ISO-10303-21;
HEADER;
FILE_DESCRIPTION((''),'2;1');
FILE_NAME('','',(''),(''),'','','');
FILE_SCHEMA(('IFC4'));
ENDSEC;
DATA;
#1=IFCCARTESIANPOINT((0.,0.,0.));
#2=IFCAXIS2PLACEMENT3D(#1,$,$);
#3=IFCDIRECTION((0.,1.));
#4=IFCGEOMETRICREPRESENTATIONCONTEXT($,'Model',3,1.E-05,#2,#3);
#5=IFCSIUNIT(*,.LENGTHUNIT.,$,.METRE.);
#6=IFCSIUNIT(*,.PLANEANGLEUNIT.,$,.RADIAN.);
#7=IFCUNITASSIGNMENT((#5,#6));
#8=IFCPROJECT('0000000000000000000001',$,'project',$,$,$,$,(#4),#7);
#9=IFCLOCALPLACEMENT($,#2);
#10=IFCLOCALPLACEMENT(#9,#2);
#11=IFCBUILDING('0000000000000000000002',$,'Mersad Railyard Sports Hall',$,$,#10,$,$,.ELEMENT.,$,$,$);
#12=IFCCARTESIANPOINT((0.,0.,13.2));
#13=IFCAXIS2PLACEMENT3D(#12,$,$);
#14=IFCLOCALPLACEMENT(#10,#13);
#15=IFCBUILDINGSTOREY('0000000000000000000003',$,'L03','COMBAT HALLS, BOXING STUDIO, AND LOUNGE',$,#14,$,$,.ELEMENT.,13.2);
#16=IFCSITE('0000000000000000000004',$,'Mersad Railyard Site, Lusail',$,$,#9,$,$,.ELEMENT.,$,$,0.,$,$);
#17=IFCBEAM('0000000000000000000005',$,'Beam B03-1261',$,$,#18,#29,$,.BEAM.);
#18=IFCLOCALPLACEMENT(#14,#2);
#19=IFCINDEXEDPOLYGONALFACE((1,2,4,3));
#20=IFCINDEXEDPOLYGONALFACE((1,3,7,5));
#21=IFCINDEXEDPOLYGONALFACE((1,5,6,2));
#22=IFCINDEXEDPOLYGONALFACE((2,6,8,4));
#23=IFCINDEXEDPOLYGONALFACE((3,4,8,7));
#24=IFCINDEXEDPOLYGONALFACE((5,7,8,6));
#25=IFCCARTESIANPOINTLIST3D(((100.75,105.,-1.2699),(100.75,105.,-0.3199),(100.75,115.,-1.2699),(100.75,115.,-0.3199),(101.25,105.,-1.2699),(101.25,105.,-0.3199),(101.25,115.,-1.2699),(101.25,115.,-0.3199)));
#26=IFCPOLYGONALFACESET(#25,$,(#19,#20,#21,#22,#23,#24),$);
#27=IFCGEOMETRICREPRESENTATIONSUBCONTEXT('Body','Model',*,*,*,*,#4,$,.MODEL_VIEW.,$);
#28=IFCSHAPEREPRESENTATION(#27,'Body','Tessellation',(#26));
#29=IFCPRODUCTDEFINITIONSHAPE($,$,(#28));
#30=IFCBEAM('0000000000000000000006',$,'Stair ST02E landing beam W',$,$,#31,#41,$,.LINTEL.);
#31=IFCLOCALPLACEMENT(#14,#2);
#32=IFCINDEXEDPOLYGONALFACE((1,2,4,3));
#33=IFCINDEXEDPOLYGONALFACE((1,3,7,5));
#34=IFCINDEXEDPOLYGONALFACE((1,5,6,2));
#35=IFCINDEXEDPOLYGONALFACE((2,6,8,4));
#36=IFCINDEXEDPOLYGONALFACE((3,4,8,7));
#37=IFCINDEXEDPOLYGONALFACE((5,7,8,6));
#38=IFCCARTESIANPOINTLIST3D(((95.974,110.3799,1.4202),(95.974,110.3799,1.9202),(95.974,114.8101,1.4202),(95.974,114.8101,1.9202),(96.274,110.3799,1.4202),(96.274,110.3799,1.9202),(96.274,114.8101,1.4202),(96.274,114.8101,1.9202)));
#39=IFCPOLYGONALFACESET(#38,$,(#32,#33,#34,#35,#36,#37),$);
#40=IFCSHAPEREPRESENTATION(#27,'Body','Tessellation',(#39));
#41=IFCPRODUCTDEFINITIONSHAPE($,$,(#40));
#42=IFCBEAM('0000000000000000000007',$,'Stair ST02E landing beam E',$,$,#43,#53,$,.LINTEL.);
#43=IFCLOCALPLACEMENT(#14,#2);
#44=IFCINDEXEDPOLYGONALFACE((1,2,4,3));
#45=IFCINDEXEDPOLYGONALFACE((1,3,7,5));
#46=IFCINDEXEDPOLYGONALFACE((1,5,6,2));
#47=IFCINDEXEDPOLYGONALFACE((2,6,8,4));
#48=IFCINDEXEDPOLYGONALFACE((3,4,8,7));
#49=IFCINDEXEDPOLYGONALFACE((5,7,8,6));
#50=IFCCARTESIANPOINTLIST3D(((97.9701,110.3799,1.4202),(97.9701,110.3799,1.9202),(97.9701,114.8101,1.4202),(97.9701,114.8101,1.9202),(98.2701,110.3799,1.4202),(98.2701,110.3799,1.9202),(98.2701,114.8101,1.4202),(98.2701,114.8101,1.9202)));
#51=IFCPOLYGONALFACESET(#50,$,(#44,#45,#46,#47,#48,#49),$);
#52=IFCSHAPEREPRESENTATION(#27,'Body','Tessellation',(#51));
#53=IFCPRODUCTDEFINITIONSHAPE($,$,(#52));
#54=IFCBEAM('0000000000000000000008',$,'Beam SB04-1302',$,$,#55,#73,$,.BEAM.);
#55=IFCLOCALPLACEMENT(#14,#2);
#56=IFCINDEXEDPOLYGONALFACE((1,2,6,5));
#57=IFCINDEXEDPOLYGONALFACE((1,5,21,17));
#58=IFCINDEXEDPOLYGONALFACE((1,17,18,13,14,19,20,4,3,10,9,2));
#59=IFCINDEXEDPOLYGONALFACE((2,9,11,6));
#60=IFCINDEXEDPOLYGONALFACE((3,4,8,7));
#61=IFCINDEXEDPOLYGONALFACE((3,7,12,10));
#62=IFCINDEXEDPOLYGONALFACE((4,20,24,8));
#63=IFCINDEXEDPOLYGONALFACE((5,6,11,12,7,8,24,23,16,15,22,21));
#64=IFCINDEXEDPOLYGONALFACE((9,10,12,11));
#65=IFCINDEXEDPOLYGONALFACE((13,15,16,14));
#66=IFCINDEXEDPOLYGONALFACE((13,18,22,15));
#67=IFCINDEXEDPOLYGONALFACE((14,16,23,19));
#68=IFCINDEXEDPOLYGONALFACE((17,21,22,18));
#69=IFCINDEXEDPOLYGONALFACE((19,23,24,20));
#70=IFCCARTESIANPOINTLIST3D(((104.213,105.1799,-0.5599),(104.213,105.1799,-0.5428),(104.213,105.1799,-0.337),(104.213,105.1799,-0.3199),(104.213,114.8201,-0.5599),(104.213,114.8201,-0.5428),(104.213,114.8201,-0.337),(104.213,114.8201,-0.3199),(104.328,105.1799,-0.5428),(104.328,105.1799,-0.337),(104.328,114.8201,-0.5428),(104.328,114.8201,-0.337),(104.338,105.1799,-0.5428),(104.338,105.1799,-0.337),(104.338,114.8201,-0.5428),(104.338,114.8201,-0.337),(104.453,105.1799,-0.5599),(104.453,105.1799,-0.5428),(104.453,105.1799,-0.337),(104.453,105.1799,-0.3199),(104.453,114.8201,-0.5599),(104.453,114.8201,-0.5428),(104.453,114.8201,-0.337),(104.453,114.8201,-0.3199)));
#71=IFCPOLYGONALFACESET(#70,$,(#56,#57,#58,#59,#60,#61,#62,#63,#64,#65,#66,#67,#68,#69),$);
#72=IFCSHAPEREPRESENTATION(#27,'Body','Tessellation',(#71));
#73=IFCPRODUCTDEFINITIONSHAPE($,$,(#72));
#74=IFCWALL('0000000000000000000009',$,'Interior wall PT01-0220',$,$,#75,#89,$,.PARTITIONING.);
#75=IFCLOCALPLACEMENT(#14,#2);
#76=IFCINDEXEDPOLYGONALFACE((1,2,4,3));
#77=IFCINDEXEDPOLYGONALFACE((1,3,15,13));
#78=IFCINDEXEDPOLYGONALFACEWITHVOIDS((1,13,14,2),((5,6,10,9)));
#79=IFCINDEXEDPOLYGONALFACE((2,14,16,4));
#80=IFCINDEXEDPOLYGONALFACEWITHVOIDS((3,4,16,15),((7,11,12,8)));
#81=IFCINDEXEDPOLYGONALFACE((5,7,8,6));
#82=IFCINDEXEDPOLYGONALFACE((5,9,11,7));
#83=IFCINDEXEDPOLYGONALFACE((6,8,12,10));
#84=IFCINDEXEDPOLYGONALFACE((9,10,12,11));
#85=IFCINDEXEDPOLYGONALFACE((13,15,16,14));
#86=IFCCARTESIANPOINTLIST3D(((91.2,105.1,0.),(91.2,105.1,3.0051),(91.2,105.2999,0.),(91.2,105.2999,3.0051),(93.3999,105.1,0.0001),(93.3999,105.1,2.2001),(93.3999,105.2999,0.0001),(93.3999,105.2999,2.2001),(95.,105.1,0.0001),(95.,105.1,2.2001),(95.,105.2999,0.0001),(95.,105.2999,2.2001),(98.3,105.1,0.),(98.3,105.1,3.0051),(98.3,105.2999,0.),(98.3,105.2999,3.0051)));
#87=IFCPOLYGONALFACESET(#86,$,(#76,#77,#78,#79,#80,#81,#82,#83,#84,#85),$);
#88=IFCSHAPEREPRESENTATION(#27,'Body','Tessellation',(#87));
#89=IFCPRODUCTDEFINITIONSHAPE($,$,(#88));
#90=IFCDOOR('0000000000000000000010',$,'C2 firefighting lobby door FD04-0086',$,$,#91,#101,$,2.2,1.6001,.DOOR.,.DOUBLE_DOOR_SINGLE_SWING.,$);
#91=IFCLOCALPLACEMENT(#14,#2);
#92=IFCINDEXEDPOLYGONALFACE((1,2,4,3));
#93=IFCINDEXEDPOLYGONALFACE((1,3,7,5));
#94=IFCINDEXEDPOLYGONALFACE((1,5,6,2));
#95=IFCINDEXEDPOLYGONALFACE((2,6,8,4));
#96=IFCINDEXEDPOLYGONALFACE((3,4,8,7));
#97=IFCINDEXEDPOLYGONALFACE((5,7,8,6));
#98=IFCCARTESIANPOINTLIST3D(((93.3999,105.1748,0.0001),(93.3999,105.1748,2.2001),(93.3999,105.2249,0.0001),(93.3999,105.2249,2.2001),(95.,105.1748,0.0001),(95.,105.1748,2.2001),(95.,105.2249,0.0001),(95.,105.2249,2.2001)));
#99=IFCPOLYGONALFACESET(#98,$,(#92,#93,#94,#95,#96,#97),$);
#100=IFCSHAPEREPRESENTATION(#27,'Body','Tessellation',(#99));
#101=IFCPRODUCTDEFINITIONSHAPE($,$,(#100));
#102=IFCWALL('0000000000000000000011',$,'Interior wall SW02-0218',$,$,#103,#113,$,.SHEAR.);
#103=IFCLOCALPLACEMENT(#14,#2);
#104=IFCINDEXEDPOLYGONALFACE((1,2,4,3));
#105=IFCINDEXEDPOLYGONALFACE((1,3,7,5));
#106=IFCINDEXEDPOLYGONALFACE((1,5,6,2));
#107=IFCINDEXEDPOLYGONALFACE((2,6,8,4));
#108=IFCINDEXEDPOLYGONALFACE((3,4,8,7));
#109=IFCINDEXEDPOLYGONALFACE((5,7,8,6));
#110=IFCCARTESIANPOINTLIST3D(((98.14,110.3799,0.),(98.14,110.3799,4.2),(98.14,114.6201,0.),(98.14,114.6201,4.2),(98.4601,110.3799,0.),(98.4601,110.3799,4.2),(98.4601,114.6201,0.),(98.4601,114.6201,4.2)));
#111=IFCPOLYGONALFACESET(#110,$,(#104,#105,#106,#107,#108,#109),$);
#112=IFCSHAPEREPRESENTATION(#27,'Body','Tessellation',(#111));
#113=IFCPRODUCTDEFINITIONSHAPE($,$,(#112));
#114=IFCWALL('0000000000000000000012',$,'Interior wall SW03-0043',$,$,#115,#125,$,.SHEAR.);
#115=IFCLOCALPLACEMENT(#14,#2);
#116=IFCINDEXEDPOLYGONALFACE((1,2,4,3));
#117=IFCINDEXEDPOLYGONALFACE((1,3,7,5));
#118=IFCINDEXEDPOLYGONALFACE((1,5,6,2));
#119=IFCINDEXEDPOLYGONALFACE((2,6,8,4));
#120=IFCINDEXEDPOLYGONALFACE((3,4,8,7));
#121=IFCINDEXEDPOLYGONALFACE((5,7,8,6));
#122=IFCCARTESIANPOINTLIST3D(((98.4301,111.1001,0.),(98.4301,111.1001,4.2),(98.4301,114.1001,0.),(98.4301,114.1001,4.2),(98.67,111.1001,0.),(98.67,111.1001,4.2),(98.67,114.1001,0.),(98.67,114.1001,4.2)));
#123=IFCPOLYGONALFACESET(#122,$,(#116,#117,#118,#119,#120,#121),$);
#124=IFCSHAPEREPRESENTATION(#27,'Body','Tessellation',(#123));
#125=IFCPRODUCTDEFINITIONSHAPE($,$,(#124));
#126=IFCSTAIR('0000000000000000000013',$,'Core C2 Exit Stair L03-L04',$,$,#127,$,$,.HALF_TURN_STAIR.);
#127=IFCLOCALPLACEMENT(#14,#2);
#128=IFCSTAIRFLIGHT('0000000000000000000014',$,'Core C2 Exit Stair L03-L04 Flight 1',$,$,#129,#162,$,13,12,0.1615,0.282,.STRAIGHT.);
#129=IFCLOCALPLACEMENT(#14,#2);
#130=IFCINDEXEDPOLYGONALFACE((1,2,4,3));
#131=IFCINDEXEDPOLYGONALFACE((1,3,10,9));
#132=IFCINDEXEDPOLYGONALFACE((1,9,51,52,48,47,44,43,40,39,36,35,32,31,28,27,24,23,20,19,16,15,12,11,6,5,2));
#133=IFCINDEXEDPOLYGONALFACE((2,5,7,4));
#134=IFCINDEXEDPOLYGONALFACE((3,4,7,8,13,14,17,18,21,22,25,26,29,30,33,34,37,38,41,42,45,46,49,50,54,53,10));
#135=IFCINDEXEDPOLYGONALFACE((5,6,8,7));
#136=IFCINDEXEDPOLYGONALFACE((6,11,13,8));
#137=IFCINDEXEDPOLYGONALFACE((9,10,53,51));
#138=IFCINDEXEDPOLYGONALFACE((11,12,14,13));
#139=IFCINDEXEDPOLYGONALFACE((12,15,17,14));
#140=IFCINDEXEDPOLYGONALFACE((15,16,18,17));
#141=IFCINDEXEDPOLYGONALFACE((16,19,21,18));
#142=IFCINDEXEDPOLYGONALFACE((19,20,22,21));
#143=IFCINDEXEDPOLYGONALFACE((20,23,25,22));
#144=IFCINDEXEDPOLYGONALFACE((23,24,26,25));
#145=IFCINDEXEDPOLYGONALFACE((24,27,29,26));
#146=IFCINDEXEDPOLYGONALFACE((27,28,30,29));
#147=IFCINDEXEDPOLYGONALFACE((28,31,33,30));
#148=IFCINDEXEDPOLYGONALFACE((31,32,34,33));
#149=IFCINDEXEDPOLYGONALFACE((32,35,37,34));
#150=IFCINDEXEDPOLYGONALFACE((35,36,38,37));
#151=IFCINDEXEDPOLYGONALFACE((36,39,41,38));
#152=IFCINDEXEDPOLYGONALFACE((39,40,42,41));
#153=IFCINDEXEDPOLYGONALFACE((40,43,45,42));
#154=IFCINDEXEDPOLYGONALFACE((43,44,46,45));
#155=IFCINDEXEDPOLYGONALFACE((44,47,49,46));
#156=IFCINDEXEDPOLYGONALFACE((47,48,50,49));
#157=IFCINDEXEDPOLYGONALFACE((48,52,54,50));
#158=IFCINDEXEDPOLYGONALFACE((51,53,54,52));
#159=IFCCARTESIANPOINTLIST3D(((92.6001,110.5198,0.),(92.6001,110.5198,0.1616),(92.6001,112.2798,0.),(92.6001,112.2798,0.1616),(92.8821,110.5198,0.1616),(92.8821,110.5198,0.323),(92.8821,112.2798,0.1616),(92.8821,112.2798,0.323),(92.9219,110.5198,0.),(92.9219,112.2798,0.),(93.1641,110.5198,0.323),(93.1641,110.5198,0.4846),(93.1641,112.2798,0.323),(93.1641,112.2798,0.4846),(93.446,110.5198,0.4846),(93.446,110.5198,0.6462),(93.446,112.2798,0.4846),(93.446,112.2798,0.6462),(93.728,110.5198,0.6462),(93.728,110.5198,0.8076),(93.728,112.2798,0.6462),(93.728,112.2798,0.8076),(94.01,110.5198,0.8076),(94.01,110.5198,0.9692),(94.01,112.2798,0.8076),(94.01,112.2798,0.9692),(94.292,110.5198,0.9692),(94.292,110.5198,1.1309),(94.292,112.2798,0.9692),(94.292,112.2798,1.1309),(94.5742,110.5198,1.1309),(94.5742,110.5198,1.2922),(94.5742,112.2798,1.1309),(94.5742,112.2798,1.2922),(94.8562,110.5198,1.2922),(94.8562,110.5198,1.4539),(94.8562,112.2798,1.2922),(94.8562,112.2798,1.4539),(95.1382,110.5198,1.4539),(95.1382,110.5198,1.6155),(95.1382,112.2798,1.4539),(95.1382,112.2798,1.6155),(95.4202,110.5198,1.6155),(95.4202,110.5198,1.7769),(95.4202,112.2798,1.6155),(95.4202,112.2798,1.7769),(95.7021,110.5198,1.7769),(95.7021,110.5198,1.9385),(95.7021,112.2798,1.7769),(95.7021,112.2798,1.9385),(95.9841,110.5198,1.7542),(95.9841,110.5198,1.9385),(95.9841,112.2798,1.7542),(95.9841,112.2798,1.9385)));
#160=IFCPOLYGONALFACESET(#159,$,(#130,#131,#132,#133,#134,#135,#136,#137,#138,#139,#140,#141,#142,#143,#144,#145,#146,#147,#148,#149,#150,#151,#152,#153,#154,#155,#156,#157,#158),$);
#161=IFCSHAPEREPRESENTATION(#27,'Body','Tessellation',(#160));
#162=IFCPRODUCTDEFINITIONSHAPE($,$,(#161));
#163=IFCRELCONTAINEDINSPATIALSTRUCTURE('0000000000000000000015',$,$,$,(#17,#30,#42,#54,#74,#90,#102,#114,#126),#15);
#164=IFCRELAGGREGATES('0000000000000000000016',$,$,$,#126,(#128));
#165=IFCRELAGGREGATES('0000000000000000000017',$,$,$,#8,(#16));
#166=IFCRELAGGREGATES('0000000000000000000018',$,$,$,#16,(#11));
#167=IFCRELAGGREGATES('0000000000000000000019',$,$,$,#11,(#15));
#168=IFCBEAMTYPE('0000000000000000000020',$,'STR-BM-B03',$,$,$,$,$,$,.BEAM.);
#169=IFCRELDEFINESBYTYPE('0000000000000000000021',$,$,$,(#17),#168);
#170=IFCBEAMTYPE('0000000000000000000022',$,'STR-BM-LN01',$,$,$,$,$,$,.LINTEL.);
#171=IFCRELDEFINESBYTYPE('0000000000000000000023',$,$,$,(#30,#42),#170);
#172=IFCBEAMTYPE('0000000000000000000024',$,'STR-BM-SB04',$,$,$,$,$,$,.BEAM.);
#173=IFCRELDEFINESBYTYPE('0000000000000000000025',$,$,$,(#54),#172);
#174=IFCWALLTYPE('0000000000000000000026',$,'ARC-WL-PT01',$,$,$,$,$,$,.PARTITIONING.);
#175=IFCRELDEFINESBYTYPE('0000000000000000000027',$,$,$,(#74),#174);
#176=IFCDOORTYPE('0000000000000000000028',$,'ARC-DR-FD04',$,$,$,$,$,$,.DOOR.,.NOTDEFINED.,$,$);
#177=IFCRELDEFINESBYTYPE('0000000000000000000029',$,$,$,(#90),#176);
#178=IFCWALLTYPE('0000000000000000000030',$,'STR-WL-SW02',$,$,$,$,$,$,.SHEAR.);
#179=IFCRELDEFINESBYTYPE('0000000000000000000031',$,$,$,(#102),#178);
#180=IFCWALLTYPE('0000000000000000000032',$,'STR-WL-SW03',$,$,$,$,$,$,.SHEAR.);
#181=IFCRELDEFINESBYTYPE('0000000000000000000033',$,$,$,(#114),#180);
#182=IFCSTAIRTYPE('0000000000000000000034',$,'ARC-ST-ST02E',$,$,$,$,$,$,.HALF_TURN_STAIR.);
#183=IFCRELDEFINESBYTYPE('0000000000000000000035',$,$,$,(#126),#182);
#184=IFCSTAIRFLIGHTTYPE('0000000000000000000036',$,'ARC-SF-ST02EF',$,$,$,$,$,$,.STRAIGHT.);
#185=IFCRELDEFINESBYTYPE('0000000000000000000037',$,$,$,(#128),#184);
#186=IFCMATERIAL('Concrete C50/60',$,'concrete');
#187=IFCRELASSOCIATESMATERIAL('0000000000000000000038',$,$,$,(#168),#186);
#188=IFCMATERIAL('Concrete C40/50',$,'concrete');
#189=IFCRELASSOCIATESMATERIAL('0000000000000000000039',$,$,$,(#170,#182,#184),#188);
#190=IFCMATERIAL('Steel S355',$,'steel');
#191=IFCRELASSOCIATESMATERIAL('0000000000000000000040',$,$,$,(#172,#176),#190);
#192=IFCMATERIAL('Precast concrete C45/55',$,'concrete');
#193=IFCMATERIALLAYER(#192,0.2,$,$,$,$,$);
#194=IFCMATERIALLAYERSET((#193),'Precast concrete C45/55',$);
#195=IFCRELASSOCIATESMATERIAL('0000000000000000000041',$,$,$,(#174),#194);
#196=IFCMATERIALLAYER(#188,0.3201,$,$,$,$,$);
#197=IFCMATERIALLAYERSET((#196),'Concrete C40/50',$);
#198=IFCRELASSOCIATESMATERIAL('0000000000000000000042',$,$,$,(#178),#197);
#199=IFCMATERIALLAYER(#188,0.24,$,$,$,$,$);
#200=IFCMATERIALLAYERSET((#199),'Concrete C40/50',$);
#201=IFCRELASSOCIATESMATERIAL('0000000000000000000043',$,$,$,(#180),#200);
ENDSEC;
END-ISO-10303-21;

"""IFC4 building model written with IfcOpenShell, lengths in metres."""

from ifc_helpers import new_model, si_unit, direction, frame, frame_2d, origin, origin_2d, place, context, subcontext, project, spatial, polyline, rectangle, i_section, outline, extrude, material, layer, layer_set, material_profile, profile_set, type_object, element, fill, aggregate, save


model = new_model("IFC4")

# Units and contexts
model_context = context("Model", 3, precision=1e-05, world=origin(), true_north=direction((0.0, 1.0)))
body_context = subcontext(model_context, "Body", "Model", "MODEL_VIEW")
ifc_project = project(units=[si_unit("LENGTHUNIT", "METRE"), si_unit("PLANEANGLEUNIT", "RADIAN")], contexts=[model_context])

# Site, building, storey
site_placement = place(None, origin())
site = spatial("IfcSite", under=ifc_project, at=site_placement, Name="Mersad Railyard Site, Lusail", CompositionType="ELEMENT", RefElevation=0.0)
building_placement = place(site_placement, origin())
building = spatial("IfcBuilding", under=site, at=building_placement, Name="Mersad Railyard Sports Hall", CompositionType="ELEMENT")
storey_placement = place(building_placement, frame((0.0, 0.0, 13.2)))
storey = spatial("IfcBuildingStorey", under=building, at=storey_placement, Name="L03", Description="COMBAT HALLS, BOXING STUDIO, AND LOUNGE", CompositionType="ELEMENT", Elevation=13.2)

# Beams
ifc_material_1 = material(Name="Concrete C50/60", Category="concrete")
ifc_material_profile_1 = material_profile(ifc_material_1, rectangle(XDim=0.5, YDim=0.95, at=origin_2d()), Name="RC 500x950")
ifc_profile_set_1 = profile_set([ifc_material_profile_1], Name="Concrete C50/60")
beam_type_1 = type_object("IfcBeamType", Name="STR-BM-B03", PredefinedType="BEAM", material=ifc_profile_set_1)
beam_1_placement = place(storey_placement, frame((101.0, 105.0, -0.7949), z_axis=(0.0, 1.0, 0.0), x_axis=(-1.0, 0.0, 0.0)))
element("IfcBeam", 1, at=beam_1_placement, inside=storey, type_object=beam_type_1, Name="Beam B03-1261", PredefinedType="BEAM", context=body_context, shape_type="SweptSolid", body=[
    extrude(rectangle(XDim=0.5, YDim=0.95, at=origin_2d()), origin(), (0.0, 0.0, 1.0), 10.0),
])
ifc_material_2 = material(Name="Concrete C40/50", Category="concrete")
ifc_material_profile_2 = material_profile(ifc_material_2, rectangle(XDim=0.3, YDim=0.5, at=origin_2d()), Name="RC 300x500")
ifc_profile_set_2 = profile_set([ifc_material_profile_2], Name="Concrete C40/50")
beam_type_2 = type_object("IfcBeamType", Name="STR-BM-LN01", PredefinedType="LINTEL", material=ifc_profile_set_2)
for number, where, z_axis, x_axis, name in (
    (2, (96.124, 110.3799, 1.6702), (0.0, 1.0, 0.0), (-1.0, 0.0, 0.0), "Stair ST02E landing beam W"),
    (3, (98.1201, 110.3799, 1.6702), (0.0, 1.0, 0.0), (-1.0, 0.0, 0.0), "Stair ST02E landing beam E"),
):
    element("IfcBeam", number, at=place(storey_placement, frame(where, z_axis=z_axis, x_axis=x_axis)), inside=storey, type_object=beam_type_2, Name=name, PredefinedType="LINTEL", context=body_context, shape_type="SweptSolid", body=[
        extrude(rectangle(XDim=0.3, YDim=0.5, at=origin_2d()), origin(), (0.0, 0.0, 1.0), 4.4302),
    ])
ifc_material_3 = material(Name="Steel S355", Category="steel")
ifc_material_profile_3 = material_profile(ifc_material_3, i_section(OverallWidth=0.24, OverallDepth=0.24, WebThickness=0.01, FlangeThickness=0.0171, at=origin_2d()), Name="HEB 240")
ifc_profile_set_3 = profile_set([ifc_material_profile_3], Name="Steel S355")
beam_type_3 = type_object("IfcBeamType", Name="STR-BM-SB04", PredefinedType="BEAM", material=ifc_profile_set_3)
beam_2_placement = place(storey_placement, frame((104.333, 105.1799, -0.4399), z_axis=(0.0, 1.0, 0.0), x_axis=(-1.0, 0.0, 0.0)))
element("IfcBeam", 4, at=beam_2_placement, inside=storey, type_object=beam_type_3, Name="Beam SB04-1302", PredefinedType="BEAM", context=body_context, shape_type="SweptSolid", body=[
    extrude(i_section(OverallWidth=0.24, OverallDepth=0.24, WebThickness=0.01, FlangeThickness=0.0171, at=origin_2d()), origin(), (0.0, 0.0, 1.0), 9.6401),
])

# Wall, opening, door
ifc_material_4 = material(Name="Precast concrete C45/55", Category="concrete")
ifc_layer_1 = layer(ifc_material_4, 0.2)
ifc_layer_set_1 = layer_set([ifc_layer_1], Name="Precast concrete C45/55")
wall_type_1 = type_object("IfcWallType", Name="ARC-WL-PT01", PredefinedType="PARTITIONING", material=ifc_layer_set_1)
wall_1_placement = place(storey_placement, frame((91.2, 105.2, 0.0), z_axis=(0.0, 0.0, 1.0), x_axis=(1.0, 0.0, 0.0)))
wall_1 = element("IfcWall", 5, at=wall_1_placement, inside=storey, type_object=wall_type_1, Name="Interior wall PT01-0220", PredefinedType="PARTITIONING", context=body_context, shape_type="SweptSolid", body=[
    extrude(rectangle(XDim=7.1001, YDim=0.2, at=frame_2d((3.55, 0.0))), origin(), (0.0, 0.0, 1.0), 3.0051),
])
opening_1_placement = place(wall_1_placement, frame((2.2, 0.0, 0.0)))
opening_1 = element("IfcOpeningElement", 6, at=opening_1_placement, cuts=wall_1, PredefinedType="OPENING", context=body_context, shape_type="SweptSolid", body=[
    extrude(rectangle(XDim=1.6001, YDim=2.2, at=frame_2d((0.8, 1.1001))), frame((0.0, 0.1099, 0.0), z_axis=(0.0, -1.0, 0.0), x_axis=(1.0, 0.0, 0.0)), (0.0, 0.0, 1.0), 0.22),
])
door_type_1 = type_object("IfcDoorType", Name="ARC-DR-FD04", OperationType="NOTDEFINED", PredefinedType="DOOR", material=ifc_material_3)
door_1_placement = place(opening_1_placement, origin())
door_1 = element("IfcDoor", 7, at=door_1_placement, inside=storey, type_object=door_type_1, Name="C2 firefighting lobby door FD04-0086", OperationType="DOUBLE_DOOR_SINGLE_SWING", OverallHeight=2.2, OverallWidth=1.6001, PredefinedType="DOOR", context=body_context, shape_type="SweptSolid", body=[
    extrude(rectangle(XDim=1.6001, YDim=2.2, at=frame_2d((0.8, 1.1001))), frame((0.0, 0.0249, 0.0), z_axis=(0.0, -1.0, 0.0), x_axis=(1.0, 0.0, 0.0)), (0.0, 0.0, 1.0), 0.05),
])
fill(opening_1, door_1)
ifc_layer_2 = layer(ifc_material_2, 0.3201)
ifc_layer_set_2 = layer_set([ifc_layer_2], Name="Concrete C40/50")
wall_type_2 = type_object("IfcWallType", Name="STR-WL-SW02", PredefinedType="SHEAR", material=ifc_layer_set_2)

# Walls
wall_2_placement = place(storey_placement, frame((98.3, 110.3799, 0.0), z_axis=(0.0, 0.0, 1.0), x_axis=(0.0, 1.0, 0.0)))
element("IfcWall", 8, at=wall_2_placement, inside=storey, type_object=wall_type_2, Name="Interior wall SW02-0218", PredefinedType="SHEAR", context=body_context, shape_type="SweptSolid", body=[
    extrude(rectangle(XDim=4.2402, YDim=0.3201, at=frame_2d((2.1201, 0.0))), origin(), (0.0, 0.0, 1.0), 4.2),
])
ifc_layer_3 = layer(ifc_material_2, 0.24)
ifc_layer_set_3 = layer_set([ifc_layer_3], Name="Concrete C40/50")
wall_type_3 = type_object("IfcWallType", Name="STR-WL-SW03", PredefinedType="SHEAR", material=ifc_layer_set_3)
wall_3_placement = place(storey_placement, frame((98.55, 111.1001, 0.0), z_axis=(0.0, 0.0, 1.0), x_axis=(0.0, 1.0, 0.0)))
element("IfcWall", 9, at=wall_3_placement, inside=storey, type_object=wall_type_3, Name="Interior wall SW03-0043", PredefinedType="SHEAR", context=body_context, shape_type="SweptSolid", body=[
    extrude(rectangle(XDim=3.0, YDim=0.24, at=frame_2d((1.5, 0.0))), origin(), (0.0, 0.0, 1.0), 4.2),
])

# Stair, stair flight
stair_type = type_object("IfcStairType", Name="ARC-ST-ST02E", PredefinedType="HALF_TURN_STAIR", material=ifc_material_2)
stair_placement = place(storey_placement, origin())
stair = element("IfcStair", 10, at=stair_placement, inside=storey, type_object=stair_type, Name="Core C2 Exit Stair L03-L04", PredefinedType="HALF_TURN_STAIR")
stair_flight_type = type_object("IfcStairFlightType", Name="ARC-SF-ST02EF", PredefinedType="STRAIGHT", material=ifc_material_2)
stair_flight_placement = place(storey_placement, frame((92.6001, 111.3999, 0.0), z_axis=(0.0, 0.0, 1.0), x_axis=(1.0, 0.0, 0.0)))
stair_flight = element("IfcStairFlight", 11, at=stair_flight_placement, type_object=stair_flight_type, Name="Core C2 Exit Stair L03-L04 Flight 1", NumberOfRisers=13, NumberOfTreads=12, PredefinedType="STRAIGHT", RiserHeight=0.1615, TreadLength=0.282, context=body_context, shape_type="SweptSolid", body=[
    extrude(outline(polyline([(0.0, 0.0), (0.0, 0.1616), (0.282, 0.1616), (0.282, 0.323), (0.564, 0.323), (0.564, 0.4846), (0.8459, 0.4846), (0.8459, 0.6462), (1.1279, 0.6462), (1.1279, 0.8076), (1.4099, 0.8076), (1.4099, 0.9692), (1.6919, 0.9692), (1.6919, 1.1309), (1.9741, 1.1309), (1.9741, 1.2922), (2.2561, 1.2922), (2.2561, 1.4539), (2.5381, 1.4539), (2.5381, 1.6155), (2.8201, 1.6155), (2.8201, 1.7769), (3.1021, 1.7769), (3.1021, 1.9385), (3.384, 1.9385), (3.384, 2.1001), (3.384, 1.7542), (0.3218, 0.0), (0.0, 0.0)])), frame((0.0, 0.8799, 0.0), z_axis=(0.0, -1.0, 0.0), x_axis=(1.0, 0.0, 0.0)), (0.0, 0.0, 1.0), 1.76),
])
aggregate(stair, [stair_flight])

save(model, "model.ifc")
